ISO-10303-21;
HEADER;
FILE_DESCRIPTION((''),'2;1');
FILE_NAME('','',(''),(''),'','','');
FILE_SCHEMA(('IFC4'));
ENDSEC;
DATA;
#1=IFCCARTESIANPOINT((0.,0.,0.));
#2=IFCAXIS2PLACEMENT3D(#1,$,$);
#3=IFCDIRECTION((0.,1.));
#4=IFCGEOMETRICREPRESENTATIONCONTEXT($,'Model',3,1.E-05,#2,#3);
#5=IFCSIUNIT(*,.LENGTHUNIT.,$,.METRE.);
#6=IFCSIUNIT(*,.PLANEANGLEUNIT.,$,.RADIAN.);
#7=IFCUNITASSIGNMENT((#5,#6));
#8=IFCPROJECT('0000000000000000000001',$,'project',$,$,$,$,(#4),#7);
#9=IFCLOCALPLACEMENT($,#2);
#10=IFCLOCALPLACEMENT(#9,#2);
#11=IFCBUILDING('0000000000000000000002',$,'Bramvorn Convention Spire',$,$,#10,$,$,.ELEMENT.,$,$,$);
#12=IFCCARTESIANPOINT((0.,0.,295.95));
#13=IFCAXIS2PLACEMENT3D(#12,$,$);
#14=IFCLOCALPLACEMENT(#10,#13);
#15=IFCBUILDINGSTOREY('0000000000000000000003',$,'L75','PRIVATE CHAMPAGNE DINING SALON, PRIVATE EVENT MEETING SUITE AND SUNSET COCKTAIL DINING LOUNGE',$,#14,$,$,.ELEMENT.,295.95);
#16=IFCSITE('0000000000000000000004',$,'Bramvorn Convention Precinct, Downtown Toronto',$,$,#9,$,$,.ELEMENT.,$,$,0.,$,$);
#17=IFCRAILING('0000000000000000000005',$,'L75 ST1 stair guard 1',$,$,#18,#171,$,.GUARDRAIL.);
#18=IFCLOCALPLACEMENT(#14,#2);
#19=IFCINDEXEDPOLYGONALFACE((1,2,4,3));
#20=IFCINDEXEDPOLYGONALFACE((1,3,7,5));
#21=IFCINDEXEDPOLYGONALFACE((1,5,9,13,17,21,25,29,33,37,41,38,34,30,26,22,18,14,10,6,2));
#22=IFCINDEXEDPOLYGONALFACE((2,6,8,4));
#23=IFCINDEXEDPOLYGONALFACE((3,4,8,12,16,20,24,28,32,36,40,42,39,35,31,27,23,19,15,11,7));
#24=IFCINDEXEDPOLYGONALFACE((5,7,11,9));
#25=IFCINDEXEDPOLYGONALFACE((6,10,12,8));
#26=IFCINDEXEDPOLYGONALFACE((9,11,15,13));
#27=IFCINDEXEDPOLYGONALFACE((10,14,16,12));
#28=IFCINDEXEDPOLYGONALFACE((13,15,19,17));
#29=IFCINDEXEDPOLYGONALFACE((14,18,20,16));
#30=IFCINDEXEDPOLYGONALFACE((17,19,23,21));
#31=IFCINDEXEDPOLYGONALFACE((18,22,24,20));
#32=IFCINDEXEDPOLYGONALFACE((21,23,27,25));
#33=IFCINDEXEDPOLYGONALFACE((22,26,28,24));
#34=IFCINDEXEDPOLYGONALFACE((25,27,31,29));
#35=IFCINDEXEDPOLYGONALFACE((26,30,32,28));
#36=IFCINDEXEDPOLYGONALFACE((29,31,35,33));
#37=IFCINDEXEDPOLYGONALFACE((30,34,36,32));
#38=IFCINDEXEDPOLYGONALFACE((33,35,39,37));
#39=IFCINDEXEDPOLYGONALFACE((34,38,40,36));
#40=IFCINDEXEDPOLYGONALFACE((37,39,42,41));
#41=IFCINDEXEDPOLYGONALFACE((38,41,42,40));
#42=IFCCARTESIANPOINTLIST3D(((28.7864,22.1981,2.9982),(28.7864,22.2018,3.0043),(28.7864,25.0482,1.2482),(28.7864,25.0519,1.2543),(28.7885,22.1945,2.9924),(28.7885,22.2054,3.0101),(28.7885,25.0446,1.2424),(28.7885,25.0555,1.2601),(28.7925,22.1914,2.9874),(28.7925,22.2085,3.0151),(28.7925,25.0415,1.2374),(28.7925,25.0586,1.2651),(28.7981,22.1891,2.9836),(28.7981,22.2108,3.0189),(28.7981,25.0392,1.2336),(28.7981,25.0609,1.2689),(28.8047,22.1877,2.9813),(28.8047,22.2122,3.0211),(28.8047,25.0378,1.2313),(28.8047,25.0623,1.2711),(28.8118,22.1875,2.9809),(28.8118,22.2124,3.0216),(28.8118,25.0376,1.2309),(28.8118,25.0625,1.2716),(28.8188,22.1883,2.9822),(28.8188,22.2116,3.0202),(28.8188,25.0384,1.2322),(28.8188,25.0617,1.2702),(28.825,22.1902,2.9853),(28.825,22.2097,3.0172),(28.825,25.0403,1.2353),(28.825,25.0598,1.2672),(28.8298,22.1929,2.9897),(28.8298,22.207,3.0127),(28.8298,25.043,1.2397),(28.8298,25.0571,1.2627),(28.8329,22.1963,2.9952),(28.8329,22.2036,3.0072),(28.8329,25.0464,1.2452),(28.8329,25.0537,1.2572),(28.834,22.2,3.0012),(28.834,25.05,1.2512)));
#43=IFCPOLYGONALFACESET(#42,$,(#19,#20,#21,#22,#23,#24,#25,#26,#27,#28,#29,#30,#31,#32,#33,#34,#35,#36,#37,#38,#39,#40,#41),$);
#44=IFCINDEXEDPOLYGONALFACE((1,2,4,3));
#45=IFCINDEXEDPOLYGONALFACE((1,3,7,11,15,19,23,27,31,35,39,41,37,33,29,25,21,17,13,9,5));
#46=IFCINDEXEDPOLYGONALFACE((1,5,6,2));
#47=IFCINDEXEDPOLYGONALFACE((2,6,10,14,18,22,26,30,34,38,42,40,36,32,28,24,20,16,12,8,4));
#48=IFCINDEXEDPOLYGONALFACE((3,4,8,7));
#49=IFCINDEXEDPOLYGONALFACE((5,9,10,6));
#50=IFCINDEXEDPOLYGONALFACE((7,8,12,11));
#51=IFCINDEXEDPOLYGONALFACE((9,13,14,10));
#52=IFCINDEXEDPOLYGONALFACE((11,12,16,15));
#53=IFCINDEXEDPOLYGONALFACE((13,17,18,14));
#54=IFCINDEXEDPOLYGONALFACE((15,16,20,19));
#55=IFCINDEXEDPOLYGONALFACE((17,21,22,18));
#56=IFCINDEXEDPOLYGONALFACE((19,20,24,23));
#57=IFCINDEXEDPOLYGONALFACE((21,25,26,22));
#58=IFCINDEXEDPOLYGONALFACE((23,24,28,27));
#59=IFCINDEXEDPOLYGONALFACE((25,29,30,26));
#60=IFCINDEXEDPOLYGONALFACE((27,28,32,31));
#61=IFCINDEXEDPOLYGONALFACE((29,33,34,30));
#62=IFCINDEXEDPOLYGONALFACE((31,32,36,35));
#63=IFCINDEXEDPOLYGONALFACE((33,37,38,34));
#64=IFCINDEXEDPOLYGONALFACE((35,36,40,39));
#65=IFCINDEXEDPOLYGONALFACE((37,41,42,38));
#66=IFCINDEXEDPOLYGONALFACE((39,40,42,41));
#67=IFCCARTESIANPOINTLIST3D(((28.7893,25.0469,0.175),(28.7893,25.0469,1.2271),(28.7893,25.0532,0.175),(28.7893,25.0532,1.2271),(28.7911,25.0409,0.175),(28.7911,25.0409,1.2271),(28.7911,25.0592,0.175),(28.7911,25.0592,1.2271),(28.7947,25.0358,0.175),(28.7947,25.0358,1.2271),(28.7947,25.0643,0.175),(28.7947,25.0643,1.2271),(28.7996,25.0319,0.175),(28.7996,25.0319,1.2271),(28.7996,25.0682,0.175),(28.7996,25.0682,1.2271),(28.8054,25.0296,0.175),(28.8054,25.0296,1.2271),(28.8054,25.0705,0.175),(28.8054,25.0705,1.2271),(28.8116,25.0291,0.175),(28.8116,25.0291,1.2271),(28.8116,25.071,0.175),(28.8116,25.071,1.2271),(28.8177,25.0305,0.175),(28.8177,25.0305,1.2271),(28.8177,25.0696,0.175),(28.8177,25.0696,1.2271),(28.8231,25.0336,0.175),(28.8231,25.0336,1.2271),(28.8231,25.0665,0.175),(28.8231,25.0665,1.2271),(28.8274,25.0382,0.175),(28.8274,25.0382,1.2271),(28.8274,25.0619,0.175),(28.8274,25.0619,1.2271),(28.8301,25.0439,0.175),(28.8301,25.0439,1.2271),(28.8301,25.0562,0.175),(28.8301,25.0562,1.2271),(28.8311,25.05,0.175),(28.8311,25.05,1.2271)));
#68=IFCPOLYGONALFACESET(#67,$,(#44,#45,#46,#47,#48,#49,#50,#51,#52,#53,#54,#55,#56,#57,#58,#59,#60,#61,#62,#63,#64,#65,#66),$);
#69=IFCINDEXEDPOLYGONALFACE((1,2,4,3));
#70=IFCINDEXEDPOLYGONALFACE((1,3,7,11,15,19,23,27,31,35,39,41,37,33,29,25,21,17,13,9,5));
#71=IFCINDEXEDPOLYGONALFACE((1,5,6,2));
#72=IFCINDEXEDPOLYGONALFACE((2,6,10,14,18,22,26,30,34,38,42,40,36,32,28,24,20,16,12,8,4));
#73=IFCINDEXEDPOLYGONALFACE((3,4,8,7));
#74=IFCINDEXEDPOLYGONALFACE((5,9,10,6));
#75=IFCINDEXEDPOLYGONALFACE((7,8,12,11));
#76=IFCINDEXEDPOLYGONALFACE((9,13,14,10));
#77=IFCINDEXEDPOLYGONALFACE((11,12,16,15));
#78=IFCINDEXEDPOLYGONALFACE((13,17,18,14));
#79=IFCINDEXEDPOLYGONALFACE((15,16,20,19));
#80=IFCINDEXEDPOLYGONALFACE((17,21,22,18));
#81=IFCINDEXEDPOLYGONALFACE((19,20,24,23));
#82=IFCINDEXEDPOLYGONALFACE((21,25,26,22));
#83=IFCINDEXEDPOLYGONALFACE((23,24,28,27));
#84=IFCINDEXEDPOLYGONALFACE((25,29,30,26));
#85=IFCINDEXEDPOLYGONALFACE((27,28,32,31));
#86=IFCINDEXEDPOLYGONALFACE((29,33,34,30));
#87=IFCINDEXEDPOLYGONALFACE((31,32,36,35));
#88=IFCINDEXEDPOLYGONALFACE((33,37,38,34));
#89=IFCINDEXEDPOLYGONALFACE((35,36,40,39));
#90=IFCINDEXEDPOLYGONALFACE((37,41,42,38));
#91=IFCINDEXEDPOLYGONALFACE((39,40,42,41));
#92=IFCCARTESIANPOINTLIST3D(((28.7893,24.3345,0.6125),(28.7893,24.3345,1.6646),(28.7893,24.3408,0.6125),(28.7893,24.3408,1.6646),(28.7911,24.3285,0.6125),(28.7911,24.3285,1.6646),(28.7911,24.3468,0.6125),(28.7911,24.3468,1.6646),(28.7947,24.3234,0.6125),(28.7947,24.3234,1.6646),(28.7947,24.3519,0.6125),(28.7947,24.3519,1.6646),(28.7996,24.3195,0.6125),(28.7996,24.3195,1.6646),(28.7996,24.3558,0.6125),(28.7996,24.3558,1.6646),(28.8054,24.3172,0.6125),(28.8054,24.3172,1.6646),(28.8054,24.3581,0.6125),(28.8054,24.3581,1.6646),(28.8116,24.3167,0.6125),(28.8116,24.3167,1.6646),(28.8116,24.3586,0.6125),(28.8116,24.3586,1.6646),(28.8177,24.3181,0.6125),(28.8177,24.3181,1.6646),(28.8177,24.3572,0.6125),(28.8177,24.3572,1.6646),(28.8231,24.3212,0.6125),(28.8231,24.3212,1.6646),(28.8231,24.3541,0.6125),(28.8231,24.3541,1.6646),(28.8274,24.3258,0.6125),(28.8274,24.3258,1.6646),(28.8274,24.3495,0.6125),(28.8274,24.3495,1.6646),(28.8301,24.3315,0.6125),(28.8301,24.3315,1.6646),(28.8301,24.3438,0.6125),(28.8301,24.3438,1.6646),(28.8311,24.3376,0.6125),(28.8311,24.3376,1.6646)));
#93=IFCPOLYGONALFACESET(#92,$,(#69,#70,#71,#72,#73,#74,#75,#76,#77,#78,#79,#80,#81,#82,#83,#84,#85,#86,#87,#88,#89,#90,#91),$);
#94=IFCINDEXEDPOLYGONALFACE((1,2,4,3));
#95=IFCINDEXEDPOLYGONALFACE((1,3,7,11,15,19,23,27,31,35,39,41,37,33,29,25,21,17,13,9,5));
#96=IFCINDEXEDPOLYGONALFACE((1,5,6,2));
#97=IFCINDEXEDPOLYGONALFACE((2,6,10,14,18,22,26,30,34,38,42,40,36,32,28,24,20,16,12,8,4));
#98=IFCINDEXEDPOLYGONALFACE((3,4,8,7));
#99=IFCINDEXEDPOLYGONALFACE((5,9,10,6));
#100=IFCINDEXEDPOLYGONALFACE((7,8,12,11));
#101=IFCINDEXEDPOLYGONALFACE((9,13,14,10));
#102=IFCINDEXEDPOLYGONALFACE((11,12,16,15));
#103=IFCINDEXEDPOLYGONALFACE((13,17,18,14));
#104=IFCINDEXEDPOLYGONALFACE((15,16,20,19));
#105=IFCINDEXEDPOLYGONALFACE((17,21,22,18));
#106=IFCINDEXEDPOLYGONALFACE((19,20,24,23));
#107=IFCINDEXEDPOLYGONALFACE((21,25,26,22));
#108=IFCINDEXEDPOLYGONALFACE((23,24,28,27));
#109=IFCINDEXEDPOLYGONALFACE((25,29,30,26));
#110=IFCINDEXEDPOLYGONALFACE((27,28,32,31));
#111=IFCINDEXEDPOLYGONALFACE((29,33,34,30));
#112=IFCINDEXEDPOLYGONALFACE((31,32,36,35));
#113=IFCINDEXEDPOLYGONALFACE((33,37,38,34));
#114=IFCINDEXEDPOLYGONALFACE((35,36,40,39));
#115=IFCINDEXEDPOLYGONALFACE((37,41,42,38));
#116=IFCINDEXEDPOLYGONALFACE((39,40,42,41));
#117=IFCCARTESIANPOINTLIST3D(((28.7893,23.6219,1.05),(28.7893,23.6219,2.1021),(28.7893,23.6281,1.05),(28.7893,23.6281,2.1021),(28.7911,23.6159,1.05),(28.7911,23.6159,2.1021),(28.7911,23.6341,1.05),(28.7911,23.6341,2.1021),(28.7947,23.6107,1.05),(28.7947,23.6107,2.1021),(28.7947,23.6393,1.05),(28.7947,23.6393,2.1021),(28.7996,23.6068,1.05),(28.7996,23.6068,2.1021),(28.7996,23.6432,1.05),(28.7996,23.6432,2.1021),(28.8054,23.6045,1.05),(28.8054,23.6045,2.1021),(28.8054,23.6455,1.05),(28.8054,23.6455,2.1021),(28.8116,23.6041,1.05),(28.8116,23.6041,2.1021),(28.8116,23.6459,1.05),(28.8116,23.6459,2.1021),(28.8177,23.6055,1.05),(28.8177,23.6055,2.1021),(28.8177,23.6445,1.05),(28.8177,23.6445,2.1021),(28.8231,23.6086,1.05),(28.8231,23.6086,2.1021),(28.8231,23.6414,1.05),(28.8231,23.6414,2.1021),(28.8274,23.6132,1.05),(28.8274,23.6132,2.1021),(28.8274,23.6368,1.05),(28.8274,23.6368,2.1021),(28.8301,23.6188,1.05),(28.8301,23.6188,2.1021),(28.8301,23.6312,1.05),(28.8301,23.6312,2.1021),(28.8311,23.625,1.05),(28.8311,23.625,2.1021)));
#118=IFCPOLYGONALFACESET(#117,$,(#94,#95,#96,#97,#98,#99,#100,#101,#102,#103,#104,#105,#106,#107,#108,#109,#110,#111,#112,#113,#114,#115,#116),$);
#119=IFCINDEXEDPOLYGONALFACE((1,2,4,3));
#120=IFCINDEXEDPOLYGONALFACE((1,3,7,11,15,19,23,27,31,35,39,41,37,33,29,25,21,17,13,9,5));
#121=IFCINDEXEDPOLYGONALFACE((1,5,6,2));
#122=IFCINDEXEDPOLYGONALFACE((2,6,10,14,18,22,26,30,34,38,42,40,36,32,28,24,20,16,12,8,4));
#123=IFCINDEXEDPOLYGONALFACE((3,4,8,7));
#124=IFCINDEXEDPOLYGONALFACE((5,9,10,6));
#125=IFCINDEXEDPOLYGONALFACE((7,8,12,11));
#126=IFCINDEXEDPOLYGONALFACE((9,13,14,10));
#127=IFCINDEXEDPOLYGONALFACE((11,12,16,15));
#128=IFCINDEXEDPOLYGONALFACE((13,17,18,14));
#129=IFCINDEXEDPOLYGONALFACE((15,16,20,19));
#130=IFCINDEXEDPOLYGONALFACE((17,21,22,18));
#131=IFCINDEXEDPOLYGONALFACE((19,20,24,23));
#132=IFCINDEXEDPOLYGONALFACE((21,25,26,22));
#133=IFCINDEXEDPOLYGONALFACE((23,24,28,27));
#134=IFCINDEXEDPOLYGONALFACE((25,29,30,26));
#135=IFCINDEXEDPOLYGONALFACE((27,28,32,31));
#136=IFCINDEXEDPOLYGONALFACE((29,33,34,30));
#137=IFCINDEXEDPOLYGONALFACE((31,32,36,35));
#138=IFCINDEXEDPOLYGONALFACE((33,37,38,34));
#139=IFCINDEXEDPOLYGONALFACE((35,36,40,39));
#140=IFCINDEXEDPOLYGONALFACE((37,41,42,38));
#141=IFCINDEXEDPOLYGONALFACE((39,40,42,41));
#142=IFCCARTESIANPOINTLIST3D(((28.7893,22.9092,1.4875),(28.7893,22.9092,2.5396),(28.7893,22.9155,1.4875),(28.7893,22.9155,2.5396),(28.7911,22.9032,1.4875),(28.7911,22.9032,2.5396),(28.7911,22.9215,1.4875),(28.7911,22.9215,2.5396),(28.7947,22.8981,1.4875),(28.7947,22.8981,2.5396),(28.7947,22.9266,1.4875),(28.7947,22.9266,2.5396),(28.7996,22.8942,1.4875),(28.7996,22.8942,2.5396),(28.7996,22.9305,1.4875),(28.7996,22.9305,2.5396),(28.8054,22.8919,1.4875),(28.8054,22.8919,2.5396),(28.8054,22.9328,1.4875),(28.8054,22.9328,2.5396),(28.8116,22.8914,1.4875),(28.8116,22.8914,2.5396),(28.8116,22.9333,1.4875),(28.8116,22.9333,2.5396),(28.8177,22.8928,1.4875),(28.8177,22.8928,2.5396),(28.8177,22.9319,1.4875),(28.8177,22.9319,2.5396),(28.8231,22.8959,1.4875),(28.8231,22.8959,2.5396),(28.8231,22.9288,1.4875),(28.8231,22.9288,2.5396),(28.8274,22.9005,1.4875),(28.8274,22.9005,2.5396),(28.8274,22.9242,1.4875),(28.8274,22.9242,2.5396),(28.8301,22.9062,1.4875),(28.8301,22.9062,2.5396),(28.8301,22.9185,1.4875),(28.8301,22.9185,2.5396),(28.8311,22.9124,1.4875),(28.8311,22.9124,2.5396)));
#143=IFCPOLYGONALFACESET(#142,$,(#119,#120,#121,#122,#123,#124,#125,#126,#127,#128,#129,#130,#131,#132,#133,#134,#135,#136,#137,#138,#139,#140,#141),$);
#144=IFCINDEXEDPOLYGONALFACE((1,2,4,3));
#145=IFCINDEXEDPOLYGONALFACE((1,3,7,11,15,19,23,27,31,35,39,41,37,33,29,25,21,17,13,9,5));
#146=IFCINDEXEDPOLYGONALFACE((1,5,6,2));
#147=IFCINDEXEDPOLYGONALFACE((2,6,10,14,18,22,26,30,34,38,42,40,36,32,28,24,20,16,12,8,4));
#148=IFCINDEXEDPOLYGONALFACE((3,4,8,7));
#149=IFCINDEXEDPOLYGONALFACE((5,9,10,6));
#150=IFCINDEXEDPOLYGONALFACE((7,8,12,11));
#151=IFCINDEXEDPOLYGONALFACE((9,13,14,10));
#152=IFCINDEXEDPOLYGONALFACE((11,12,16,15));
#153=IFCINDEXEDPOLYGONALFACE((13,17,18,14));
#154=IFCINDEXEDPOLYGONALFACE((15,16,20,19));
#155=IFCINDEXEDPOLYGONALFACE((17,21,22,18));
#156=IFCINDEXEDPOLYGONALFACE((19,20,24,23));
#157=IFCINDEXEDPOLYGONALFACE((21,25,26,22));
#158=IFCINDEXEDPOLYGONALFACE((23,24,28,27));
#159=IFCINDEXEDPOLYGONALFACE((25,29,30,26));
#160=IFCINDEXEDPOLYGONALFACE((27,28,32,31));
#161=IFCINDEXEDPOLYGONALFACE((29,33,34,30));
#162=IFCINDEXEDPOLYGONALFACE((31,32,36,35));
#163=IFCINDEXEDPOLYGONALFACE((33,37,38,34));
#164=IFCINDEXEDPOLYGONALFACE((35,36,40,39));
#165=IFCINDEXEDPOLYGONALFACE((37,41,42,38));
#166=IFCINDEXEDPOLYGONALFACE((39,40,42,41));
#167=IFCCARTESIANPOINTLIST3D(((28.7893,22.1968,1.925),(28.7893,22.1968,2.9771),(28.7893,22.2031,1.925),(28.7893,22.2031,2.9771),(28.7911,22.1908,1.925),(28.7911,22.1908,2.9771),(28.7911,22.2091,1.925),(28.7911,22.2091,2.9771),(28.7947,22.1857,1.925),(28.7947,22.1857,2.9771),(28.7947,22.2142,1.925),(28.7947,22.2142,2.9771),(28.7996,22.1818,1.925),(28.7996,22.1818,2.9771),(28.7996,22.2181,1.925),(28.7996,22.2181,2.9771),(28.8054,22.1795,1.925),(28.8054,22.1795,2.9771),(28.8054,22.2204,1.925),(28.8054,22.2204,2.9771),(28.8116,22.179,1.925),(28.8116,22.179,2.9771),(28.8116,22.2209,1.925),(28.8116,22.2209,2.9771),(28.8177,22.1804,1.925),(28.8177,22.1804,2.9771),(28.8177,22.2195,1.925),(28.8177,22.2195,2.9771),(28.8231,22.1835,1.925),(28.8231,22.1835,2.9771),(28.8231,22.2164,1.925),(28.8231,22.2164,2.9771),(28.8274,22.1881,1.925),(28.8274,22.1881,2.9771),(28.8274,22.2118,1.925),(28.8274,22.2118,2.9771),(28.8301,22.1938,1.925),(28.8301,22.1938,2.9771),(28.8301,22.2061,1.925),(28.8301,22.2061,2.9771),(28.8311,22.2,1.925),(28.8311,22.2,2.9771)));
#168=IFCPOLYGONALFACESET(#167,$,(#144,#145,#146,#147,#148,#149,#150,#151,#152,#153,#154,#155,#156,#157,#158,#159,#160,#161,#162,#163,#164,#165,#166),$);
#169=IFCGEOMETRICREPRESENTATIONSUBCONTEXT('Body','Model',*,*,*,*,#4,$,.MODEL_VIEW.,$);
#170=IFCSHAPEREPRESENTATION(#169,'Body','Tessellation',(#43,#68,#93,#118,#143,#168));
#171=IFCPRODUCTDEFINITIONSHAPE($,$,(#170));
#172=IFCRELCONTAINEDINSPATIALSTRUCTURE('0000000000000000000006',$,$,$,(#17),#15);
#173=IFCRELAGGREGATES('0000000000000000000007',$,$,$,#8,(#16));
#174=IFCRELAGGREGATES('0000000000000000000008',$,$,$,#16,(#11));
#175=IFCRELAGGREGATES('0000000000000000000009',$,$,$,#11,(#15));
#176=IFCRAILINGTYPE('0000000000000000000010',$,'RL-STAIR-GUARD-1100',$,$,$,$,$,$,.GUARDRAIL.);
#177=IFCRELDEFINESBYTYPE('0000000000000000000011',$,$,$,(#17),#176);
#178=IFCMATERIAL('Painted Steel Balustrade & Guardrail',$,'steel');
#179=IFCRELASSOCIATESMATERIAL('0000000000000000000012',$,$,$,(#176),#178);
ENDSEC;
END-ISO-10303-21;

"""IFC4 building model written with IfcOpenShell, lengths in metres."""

from ifc_helpers import new_model, si_unit, direction, frame, origin, origin_2d, place, context, subcontext, project, spatial, circle, extrude, material, type_object, element, save


model = new_model("IFC4")

# Units and contexts
model_context = context("Model", 3, precision=1e-05, world=origin(), true_north=direction((0.0, 1.0)))
body_context = subcontext(model_context, "Body", "Model", "MODEL_VIEW")
ifc_project = project(units=[si_unit("LENGTHUNIT", "METRE"), si_unit("PLANEANGLEUNIT", "RADIAN")], contexts=[model_context])

# Site, building, storey
site_placement = place(None, origin())
site = spatial("IfcSite", under=ifc_project, at=site_placement, Name="Bramvorn Convention Precinct, Downtown Toronto", CompositionType="ELEMENT", RefElevation=0.0)
building_placement = place(site_placement, origin())
building = spatial("IfcBuilding", under=site, at=building_placement, Name="Bramvorn Convention Spire", CompositionType="ELEMENT")
storey_placement = place(building_placement, frame((0.0, 0.0, 295.95)))
storey = spatial("IfcBuildingStorey", under=building, at=storey_placement, Name="L75", Description="PRIVATE CHAMPAGNE DINING SALON, PRIVATE EVENT MEETING SUITE AND SUNSET COCKTAIL DINING LOUNGE", CompositionType="ELEMENT", Elevation=295.95)

# Railing
ifc_material_1 = material(Name="Painted Steel Balustrade & Guardrail", Category="steel")
railing_type_1 = type_object("IfcRailingType", Name="RL-STAIR-GUARD-1100", PredefinedType="GUARDRAIL", material=ifc_material_1)
railing_1_placement = place(storey_placement, frame((28.8101, 25.05, 0.175)))
element("IfcRailing", 1, at=railing_1_placement, inside=storey, type_object=railing_type_1, Name="L75 ST1 stair guard 1", PredefinedType="GUARDRAIL", context=body_context, shape_type="SweptSolid", body=[
    extrude(circle(Radius=0.0239, at=origin_2d()), frame((0.0, 0.0, 1.0762), z_axis=(0.0, -0.852179, 0.52325), x_axis=(1.0, 0.0, 0.0)), (0.0, 0.0, 1.0), 3.3445),
    extrude(circle(Radius=0.021, at=origin_2d()), origin(), (0.0, 0.0, 1.0), 1.052),
    extrude(circle(Radius=0.021, at=origin_2d()), frame((0.0, -0.7124, 0.4375)), (0.0, 0.0, 1.0), 1.052),
    extrude(circle(Radius=0.021, at=origin_2d()), frame((0.0, -1.425, 0.875)), (0.0, 0.0, 1.0), 1.052),
    extrude(circle(Radius=0.021, at=origin_2d()), frame((0.0, -2.1377, 1.3125)), (0.0, 0.0, 1.0), 1.052),
    extrude(circle(Radius=0.021, at=origin_2d()), frame((0.0, -2.8501, 1.75)), (0.0, 0.0, 1.0), 1.052),
])

save(model, "model.ifc")
